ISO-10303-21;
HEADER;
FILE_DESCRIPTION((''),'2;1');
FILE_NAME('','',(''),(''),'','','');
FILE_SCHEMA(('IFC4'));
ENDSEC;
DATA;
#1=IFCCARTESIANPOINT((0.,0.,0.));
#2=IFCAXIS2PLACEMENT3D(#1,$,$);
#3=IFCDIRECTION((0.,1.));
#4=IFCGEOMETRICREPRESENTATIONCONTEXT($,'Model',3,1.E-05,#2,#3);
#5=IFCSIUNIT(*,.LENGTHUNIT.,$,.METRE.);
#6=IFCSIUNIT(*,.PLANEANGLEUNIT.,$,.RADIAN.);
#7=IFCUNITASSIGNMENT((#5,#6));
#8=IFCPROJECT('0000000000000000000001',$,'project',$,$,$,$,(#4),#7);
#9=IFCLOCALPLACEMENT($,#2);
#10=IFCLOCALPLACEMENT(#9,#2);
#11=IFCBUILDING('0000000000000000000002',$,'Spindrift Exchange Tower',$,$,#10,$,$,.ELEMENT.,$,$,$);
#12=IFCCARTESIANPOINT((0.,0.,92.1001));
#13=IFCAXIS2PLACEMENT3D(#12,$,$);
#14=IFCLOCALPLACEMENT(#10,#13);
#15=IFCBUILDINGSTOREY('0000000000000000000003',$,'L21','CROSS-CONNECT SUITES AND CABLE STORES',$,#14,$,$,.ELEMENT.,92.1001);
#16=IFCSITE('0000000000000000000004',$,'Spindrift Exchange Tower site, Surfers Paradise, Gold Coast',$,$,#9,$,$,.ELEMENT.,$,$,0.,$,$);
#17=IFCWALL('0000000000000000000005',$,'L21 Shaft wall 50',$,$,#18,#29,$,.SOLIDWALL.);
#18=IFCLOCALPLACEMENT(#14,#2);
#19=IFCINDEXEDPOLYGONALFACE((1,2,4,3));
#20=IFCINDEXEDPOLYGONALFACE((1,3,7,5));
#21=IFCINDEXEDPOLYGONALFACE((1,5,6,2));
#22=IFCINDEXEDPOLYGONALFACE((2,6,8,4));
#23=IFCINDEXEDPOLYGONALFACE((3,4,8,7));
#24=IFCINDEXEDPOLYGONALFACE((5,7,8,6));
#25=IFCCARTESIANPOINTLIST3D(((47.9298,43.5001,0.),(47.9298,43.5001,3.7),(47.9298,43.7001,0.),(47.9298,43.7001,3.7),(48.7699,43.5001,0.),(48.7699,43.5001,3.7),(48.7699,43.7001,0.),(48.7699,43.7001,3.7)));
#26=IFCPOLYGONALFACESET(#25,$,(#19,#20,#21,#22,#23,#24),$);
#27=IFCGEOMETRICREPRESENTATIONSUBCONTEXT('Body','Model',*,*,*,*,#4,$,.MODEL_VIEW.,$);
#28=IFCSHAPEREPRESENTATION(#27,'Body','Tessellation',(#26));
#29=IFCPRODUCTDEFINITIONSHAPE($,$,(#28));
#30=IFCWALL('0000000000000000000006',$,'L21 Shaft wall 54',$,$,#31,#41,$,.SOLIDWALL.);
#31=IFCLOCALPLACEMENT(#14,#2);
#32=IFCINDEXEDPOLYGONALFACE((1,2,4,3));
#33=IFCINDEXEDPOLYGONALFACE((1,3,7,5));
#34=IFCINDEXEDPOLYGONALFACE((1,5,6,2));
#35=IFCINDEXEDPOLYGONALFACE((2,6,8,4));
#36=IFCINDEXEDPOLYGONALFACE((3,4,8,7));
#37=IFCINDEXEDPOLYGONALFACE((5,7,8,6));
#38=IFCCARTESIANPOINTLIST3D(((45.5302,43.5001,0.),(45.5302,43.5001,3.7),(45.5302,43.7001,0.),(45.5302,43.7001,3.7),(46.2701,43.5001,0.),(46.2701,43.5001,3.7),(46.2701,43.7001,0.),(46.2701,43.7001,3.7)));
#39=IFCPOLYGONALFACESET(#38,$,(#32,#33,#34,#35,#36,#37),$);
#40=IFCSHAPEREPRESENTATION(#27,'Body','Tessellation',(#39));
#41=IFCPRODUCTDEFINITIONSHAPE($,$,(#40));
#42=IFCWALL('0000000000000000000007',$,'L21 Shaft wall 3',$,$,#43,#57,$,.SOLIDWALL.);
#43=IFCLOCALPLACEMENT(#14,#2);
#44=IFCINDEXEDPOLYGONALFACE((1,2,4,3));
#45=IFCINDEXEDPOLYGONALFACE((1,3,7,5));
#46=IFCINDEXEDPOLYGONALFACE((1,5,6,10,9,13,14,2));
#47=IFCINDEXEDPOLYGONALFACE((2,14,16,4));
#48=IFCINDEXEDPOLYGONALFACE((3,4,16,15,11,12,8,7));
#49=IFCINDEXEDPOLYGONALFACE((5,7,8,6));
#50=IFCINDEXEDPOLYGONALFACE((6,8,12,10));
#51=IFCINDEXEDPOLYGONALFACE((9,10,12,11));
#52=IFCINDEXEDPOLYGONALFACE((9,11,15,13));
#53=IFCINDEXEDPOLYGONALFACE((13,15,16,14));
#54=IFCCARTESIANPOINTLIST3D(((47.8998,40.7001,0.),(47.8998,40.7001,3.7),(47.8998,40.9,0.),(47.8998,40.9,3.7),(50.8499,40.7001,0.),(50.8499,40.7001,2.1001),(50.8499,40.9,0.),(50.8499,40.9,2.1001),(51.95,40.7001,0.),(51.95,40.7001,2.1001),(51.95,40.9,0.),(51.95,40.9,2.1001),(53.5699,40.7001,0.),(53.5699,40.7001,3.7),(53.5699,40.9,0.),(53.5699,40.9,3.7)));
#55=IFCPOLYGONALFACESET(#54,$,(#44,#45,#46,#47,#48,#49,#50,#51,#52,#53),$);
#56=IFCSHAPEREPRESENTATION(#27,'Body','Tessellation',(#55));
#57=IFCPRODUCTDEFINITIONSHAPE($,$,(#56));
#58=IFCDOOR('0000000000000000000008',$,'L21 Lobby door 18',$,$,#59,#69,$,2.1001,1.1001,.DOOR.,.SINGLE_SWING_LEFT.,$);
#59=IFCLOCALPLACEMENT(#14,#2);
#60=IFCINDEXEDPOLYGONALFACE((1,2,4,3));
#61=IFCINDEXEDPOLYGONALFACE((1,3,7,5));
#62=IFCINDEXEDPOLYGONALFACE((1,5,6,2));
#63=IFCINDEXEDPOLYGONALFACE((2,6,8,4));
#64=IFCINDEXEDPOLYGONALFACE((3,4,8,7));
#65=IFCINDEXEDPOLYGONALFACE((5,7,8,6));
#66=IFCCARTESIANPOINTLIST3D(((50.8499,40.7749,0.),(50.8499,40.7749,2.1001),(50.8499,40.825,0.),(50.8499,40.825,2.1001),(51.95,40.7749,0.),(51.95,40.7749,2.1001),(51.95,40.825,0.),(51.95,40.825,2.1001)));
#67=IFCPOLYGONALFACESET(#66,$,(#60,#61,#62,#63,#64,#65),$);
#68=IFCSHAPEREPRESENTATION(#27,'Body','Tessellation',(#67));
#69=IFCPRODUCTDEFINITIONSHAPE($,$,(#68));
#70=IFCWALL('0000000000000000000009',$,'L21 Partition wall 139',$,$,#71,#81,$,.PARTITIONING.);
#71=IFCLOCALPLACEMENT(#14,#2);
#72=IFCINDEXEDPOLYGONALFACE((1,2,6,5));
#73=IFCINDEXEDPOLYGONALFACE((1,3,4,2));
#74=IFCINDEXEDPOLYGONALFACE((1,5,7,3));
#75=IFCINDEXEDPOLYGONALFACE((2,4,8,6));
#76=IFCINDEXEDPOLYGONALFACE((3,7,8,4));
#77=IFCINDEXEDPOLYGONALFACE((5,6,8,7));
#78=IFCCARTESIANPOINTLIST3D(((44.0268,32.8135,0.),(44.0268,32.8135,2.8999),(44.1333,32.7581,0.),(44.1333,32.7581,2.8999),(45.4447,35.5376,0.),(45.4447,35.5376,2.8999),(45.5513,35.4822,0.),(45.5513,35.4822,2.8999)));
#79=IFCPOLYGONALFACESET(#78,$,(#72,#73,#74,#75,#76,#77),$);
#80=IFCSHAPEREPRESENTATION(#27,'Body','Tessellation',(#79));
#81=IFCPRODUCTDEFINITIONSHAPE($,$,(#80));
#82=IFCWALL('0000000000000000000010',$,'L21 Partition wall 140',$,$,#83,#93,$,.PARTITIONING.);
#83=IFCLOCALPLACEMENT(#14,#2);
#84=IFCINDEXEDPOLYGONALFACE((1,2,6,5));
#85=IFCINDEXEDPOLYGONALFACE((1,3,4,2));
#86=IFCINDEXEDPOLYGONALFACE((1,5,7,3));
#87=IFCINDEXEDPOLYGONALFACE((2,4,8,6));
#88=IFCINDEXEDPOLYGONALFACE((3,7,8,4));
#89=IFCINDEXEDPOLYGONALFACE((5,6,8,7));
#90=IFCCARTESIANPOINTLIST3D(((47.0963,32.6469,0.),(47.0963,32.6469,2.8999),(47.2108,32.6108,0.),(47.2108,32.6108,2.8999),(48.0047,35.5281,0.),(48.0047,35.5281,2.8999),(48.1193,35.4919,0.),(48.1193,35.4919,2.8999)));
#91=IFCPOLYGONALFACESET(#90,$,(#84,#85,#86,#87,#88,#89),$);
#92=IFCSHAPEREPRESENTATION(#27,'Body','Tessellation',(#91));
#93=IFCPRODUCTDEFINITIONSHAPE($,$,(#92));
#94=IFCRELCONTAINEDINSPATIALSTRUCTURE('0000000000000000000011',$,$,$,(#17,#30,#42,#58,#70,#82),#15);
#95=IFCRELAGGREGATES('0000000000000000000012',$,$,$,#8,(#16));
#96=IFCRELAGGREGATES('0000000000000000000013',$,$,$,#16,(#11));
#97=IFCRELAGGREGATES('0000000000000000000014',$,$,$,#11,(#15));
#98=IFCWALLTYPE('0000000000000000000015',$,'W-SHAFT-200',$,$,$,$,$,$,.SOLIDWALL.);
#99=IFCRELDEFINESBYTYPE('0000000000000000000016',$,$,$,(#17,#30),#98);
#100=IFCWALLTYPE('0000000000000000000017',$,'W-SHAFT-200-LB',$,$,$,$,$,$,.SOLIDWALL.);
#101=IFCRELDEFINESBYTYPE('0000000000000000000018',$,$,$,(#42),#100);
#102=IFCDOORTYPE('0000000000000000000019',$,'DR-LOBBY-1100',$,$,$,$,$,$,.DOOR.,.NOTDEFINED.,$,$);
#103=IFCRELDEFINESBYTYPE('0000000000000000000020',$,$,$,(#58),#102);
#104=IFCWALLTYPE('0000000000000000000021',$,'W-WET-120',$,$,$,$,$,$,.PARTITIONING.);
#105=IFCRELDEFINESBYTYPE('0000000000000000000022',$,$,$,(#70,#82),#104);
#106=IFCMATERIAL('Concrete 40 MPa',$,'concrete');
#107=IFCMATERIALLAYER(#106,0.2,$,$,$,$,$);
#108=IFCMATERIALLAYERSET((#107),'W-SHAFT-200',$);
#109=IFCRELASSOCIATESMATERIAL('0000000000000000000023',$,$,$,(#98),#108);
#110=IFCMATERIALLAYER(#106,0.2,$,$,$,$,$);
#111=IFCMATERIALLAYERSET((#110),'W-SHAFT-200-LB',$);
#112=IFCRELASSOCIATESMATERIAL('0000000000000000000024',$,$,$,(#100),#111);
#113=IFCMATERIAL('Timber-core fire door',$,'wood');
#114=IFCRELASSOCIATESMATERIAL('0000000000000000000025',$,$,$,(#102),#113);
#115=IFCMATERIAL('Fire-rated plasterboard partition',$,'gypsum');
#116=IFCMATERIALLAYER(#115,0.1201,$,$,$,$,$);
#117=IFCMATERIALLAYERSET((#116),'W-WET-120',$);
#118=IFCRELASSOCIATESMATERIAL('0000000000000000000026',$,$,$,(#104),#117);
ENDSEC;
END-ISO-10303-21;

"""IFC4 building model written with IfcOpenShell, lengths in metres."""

from ifc_helpers import new_model, si_unit, direction, frame, frame_2d, origin, place, context, subcontext, project, spatial, rectangle, extrude, source, transform, mapped, material, layer, layer_set, type_object, element, fill, save


model = new_model("IFC4")

# Units and contexts
model_context = context("Model", 3, precision=1e-05, world=origin(), true_north=direction((0.0, 1.0)))
body_context = subcontext(model_context, "Body", "Model", "MODEL_VIEW")
ifc_project = project(units=[si_unit("LENGTHUNIT", "METRE"), si_unit("PLANEANGLEUNIT", "RADIAN")], contexts=[model_context])

# Site, building, storey
site_placement = place(None, origin())
site = spatial("IfcSite", under=ifc_project, at=site_placement, Name="Spindrift Exchange Tower site, Surfers Paradise, Gold Coast", CompositionType="ELEMENT", RefElevation=0.0)
building_placement = place(site_placement, origin())
building = spatial("IfcBuilding", under=site, at=building_placement, Name="Spindrift Exchange Tower", CompositionType="ELEMENT")
storey_placement = place(building_placement, frame((0.0, 0.0, 92.1001)))
storey = spatial("IfcBuildingStorey", under=building, at=storey_placement, Name="L21", Description="CROSS-CONNECT SUITES AND CABLE STORES", CompositionType="ELEMENT", Elevation=92.1001)

# Shared definitions
ifc_material_1 = material(Name="Fire-rated plasterboard partition", Category="gypsum")
ifc_material_2 = material(Name="Concrete 40 MPa", Category="concrete")
ifc_layer_1 = layer(ifc_material_2, 0.2)
ifc_layer_set_1 = layer_set([ifc_layer_1], Name="W-SHAFT-200")
wall_type_1 = type_object("IfcWallType", Name="W-SHAFT-200", PredefinedType="SOLIDWALL", material=ifc_layer_set_1)

# Walls
wall_1_placement = place(storey_placement, frame((47.9299, 43.6001, 0.0), z_axis=(0.0, 0.0, 1.0), x_axis=(1.0, 0.0, 0.0)))
element("IfcWall", 1, at=wall_1_placement, inside=storey, type_object=wall_type_1, Name="L21 Shaft wall 50", PredefinedType="SOLIDWALL", context=body_context, shape_type="SweptSolid", body=[
    extrude(rectangle(XDim=0.8401, YDim=0.2, at=frame_2d((0.4199, 0.0))), origin(), (0.0, 0.0, 1.0), 3.7),
])
wall_2_placement = place(storey_placement, frame((45.53, 43.6001, 0.0), z_axis=(0.0, 0.0, 1.0), x_axis=(1.0, 0.0, 0.0)))
element("IfcWall", 2, at=wall_2_placement, inside=storey, type_object=wall_type_1, Name="L21 Shaft wall 54", PredefinedType="SOLIDWALL", context=body_context, shape_type="SweptSolid", body=[
    extrude(rectangle(XDim=0.74, YDim=0.2, at=frame_2d((0.3701, 0.0))), origin(), (0.0, 0.0, 1.0), 3.7),
])

# Wall, opening, door
ifc_layer_2 = layer(ifc_material_2, 0.2)
ifc_layer_set_2 = layer_set([ifc_layer_2], Name="W-SHAFT-200-LB")
wall_type_2 = type_object("IfcWallType", Name="W-SHAFT-200-LB", PredefinedType="SOLIDWALL", material=ifc_layer_set_2)
wall_3_placement = place(storey_placement, frame((47.8999, 40.8, 0.0), z_axis=(0.0, 0.0, 1.0), x_axis=(1.0, 0.0, 0.0)))
wall_3 = element("IfcWall", 3, at=wall_3_placement, inside=storey, type_object=wall_type_2, Name="L21 Shaft wall 3", PredefinedType="SOLIDWALL", context=body_context, shape_type="SweptSolid", body=[
    extrude(rectangle(XDim=5.6702, YDim=0.2, at=frame_2d((2.835, 0.0))), origin(), (0.0, 0.0, 1.0), 3.7),
])
opening_1_placement = place(wall_3_placement, frame((2.95, 0.0, 0.0)))
opening_1 = element("IfcOpeningElement", 4, at=opening_1_placement, cuts=wall_3, PredefinedType="OPENING", context=body_context, shape_type="SweptSolid", body=[
    extrude(rectangle(XDim=1.1001, YDim=2.1001, at=frame_2d((0.55, 1.05))), frame((0.0, 0.1099, 0.0), z_axis=(0.0, -1.0, 0.0), x_axis=(1.0, 0.0, 0.0)), (0.0, 0.0, 1.0), 0.22),
])
ifc_material_3 = material(Name="Timber-core fire door", Category="wood")
door_type_1 = type_object("IfcDoorType", Name="DR-LOBBY-1100", OperationType="NOTDEFINED", PredefinedType="DOOR", material=ifc_material_3)
shared_shape_1 = source(origin(), body_context, "Body", "SweptSolid", [
    extrude(rectangle(XDim=1.1001, YDim=2.1001, at=frame_2d((0.55, 1.05))), frame((0.0, 0.0249, 0.0), z_axis=(0.0, -1.0, 0.0), x_axis=(1.0, 0.0, 0.0)), (0.0, 0.0, 1.0), 0.05),
])
door_1_placement = place(opening_1_placement, origin())
door_1 = element("IfcDoor", 5, at=door_1_placement, inside=storey, type_object=door_type_1, Name="L21 Lobby door 18", OperationType="SINGLE_SWING_LEFT", OverallHeight=2.1001, OverallWidth=1.1001, PredefinedType="DOOR", context=body_context, shape_type="MappedRepresentation", body=[
    mapped(shared_shape_1, transform((0.0, 0.0, 0.0), scale=1.0)),
])
fill(opening_1, door_1)

# Walls
ifc_layer_3 = layer(ifc_material_1, 0.1201)
ifc_layer_set_3 = layer_set([ifc_layer_3], Name="W-WET-120")
wall_type_3 = type_object("IfcWallType", Name="W-WET-120", PredefinedType="PARTITIONING", material=ifc_layer_set_3)
wall_4_placement = place(storey_placement, frame((45.498, 35.51, 0.0), z_axis=(0.0, 0.0, 1.0), x_axis=(-0.461718, -0.887027, 0.0)))
element("IfcWall", 6, at=wall_4_placement, inside=storey, type_object=wall_type_3, Name="L21 Partition wall 139", PredefinedType="PARTITIONING", context=body_context, shape_type="SweptSolid", body=[
    extrude(rectangle(XDim=3.071, YDim=0.1201, at=frame_2d((1.5356, 0.0))), origin(), (0.0, 0.0, 1.0), 2.8999),
])
wall_5_placement = place(storey_placement, frame((48.062, 35.51, 0.0), z_axis=(0.0, 0.0, 1.0), x_axis=(-0.300717, -0.953713, 0.0)))
element("IfcWall", 7, at=wall_5_placement, inside=storey, type_object=wall_type_3, Name="L21 Partition wall 140", PredefinedType="PARTITIONING", context=body_context, shape_type="SweptSolid", body=[
    extrude(rectangle(XDim=3.021, YDim=0.1201, at=frame_2d((1.5105, 0.0))), origin(), (0.0, 0.0, 1.0), 2.8999),
])

save(model, "model.ifc")
